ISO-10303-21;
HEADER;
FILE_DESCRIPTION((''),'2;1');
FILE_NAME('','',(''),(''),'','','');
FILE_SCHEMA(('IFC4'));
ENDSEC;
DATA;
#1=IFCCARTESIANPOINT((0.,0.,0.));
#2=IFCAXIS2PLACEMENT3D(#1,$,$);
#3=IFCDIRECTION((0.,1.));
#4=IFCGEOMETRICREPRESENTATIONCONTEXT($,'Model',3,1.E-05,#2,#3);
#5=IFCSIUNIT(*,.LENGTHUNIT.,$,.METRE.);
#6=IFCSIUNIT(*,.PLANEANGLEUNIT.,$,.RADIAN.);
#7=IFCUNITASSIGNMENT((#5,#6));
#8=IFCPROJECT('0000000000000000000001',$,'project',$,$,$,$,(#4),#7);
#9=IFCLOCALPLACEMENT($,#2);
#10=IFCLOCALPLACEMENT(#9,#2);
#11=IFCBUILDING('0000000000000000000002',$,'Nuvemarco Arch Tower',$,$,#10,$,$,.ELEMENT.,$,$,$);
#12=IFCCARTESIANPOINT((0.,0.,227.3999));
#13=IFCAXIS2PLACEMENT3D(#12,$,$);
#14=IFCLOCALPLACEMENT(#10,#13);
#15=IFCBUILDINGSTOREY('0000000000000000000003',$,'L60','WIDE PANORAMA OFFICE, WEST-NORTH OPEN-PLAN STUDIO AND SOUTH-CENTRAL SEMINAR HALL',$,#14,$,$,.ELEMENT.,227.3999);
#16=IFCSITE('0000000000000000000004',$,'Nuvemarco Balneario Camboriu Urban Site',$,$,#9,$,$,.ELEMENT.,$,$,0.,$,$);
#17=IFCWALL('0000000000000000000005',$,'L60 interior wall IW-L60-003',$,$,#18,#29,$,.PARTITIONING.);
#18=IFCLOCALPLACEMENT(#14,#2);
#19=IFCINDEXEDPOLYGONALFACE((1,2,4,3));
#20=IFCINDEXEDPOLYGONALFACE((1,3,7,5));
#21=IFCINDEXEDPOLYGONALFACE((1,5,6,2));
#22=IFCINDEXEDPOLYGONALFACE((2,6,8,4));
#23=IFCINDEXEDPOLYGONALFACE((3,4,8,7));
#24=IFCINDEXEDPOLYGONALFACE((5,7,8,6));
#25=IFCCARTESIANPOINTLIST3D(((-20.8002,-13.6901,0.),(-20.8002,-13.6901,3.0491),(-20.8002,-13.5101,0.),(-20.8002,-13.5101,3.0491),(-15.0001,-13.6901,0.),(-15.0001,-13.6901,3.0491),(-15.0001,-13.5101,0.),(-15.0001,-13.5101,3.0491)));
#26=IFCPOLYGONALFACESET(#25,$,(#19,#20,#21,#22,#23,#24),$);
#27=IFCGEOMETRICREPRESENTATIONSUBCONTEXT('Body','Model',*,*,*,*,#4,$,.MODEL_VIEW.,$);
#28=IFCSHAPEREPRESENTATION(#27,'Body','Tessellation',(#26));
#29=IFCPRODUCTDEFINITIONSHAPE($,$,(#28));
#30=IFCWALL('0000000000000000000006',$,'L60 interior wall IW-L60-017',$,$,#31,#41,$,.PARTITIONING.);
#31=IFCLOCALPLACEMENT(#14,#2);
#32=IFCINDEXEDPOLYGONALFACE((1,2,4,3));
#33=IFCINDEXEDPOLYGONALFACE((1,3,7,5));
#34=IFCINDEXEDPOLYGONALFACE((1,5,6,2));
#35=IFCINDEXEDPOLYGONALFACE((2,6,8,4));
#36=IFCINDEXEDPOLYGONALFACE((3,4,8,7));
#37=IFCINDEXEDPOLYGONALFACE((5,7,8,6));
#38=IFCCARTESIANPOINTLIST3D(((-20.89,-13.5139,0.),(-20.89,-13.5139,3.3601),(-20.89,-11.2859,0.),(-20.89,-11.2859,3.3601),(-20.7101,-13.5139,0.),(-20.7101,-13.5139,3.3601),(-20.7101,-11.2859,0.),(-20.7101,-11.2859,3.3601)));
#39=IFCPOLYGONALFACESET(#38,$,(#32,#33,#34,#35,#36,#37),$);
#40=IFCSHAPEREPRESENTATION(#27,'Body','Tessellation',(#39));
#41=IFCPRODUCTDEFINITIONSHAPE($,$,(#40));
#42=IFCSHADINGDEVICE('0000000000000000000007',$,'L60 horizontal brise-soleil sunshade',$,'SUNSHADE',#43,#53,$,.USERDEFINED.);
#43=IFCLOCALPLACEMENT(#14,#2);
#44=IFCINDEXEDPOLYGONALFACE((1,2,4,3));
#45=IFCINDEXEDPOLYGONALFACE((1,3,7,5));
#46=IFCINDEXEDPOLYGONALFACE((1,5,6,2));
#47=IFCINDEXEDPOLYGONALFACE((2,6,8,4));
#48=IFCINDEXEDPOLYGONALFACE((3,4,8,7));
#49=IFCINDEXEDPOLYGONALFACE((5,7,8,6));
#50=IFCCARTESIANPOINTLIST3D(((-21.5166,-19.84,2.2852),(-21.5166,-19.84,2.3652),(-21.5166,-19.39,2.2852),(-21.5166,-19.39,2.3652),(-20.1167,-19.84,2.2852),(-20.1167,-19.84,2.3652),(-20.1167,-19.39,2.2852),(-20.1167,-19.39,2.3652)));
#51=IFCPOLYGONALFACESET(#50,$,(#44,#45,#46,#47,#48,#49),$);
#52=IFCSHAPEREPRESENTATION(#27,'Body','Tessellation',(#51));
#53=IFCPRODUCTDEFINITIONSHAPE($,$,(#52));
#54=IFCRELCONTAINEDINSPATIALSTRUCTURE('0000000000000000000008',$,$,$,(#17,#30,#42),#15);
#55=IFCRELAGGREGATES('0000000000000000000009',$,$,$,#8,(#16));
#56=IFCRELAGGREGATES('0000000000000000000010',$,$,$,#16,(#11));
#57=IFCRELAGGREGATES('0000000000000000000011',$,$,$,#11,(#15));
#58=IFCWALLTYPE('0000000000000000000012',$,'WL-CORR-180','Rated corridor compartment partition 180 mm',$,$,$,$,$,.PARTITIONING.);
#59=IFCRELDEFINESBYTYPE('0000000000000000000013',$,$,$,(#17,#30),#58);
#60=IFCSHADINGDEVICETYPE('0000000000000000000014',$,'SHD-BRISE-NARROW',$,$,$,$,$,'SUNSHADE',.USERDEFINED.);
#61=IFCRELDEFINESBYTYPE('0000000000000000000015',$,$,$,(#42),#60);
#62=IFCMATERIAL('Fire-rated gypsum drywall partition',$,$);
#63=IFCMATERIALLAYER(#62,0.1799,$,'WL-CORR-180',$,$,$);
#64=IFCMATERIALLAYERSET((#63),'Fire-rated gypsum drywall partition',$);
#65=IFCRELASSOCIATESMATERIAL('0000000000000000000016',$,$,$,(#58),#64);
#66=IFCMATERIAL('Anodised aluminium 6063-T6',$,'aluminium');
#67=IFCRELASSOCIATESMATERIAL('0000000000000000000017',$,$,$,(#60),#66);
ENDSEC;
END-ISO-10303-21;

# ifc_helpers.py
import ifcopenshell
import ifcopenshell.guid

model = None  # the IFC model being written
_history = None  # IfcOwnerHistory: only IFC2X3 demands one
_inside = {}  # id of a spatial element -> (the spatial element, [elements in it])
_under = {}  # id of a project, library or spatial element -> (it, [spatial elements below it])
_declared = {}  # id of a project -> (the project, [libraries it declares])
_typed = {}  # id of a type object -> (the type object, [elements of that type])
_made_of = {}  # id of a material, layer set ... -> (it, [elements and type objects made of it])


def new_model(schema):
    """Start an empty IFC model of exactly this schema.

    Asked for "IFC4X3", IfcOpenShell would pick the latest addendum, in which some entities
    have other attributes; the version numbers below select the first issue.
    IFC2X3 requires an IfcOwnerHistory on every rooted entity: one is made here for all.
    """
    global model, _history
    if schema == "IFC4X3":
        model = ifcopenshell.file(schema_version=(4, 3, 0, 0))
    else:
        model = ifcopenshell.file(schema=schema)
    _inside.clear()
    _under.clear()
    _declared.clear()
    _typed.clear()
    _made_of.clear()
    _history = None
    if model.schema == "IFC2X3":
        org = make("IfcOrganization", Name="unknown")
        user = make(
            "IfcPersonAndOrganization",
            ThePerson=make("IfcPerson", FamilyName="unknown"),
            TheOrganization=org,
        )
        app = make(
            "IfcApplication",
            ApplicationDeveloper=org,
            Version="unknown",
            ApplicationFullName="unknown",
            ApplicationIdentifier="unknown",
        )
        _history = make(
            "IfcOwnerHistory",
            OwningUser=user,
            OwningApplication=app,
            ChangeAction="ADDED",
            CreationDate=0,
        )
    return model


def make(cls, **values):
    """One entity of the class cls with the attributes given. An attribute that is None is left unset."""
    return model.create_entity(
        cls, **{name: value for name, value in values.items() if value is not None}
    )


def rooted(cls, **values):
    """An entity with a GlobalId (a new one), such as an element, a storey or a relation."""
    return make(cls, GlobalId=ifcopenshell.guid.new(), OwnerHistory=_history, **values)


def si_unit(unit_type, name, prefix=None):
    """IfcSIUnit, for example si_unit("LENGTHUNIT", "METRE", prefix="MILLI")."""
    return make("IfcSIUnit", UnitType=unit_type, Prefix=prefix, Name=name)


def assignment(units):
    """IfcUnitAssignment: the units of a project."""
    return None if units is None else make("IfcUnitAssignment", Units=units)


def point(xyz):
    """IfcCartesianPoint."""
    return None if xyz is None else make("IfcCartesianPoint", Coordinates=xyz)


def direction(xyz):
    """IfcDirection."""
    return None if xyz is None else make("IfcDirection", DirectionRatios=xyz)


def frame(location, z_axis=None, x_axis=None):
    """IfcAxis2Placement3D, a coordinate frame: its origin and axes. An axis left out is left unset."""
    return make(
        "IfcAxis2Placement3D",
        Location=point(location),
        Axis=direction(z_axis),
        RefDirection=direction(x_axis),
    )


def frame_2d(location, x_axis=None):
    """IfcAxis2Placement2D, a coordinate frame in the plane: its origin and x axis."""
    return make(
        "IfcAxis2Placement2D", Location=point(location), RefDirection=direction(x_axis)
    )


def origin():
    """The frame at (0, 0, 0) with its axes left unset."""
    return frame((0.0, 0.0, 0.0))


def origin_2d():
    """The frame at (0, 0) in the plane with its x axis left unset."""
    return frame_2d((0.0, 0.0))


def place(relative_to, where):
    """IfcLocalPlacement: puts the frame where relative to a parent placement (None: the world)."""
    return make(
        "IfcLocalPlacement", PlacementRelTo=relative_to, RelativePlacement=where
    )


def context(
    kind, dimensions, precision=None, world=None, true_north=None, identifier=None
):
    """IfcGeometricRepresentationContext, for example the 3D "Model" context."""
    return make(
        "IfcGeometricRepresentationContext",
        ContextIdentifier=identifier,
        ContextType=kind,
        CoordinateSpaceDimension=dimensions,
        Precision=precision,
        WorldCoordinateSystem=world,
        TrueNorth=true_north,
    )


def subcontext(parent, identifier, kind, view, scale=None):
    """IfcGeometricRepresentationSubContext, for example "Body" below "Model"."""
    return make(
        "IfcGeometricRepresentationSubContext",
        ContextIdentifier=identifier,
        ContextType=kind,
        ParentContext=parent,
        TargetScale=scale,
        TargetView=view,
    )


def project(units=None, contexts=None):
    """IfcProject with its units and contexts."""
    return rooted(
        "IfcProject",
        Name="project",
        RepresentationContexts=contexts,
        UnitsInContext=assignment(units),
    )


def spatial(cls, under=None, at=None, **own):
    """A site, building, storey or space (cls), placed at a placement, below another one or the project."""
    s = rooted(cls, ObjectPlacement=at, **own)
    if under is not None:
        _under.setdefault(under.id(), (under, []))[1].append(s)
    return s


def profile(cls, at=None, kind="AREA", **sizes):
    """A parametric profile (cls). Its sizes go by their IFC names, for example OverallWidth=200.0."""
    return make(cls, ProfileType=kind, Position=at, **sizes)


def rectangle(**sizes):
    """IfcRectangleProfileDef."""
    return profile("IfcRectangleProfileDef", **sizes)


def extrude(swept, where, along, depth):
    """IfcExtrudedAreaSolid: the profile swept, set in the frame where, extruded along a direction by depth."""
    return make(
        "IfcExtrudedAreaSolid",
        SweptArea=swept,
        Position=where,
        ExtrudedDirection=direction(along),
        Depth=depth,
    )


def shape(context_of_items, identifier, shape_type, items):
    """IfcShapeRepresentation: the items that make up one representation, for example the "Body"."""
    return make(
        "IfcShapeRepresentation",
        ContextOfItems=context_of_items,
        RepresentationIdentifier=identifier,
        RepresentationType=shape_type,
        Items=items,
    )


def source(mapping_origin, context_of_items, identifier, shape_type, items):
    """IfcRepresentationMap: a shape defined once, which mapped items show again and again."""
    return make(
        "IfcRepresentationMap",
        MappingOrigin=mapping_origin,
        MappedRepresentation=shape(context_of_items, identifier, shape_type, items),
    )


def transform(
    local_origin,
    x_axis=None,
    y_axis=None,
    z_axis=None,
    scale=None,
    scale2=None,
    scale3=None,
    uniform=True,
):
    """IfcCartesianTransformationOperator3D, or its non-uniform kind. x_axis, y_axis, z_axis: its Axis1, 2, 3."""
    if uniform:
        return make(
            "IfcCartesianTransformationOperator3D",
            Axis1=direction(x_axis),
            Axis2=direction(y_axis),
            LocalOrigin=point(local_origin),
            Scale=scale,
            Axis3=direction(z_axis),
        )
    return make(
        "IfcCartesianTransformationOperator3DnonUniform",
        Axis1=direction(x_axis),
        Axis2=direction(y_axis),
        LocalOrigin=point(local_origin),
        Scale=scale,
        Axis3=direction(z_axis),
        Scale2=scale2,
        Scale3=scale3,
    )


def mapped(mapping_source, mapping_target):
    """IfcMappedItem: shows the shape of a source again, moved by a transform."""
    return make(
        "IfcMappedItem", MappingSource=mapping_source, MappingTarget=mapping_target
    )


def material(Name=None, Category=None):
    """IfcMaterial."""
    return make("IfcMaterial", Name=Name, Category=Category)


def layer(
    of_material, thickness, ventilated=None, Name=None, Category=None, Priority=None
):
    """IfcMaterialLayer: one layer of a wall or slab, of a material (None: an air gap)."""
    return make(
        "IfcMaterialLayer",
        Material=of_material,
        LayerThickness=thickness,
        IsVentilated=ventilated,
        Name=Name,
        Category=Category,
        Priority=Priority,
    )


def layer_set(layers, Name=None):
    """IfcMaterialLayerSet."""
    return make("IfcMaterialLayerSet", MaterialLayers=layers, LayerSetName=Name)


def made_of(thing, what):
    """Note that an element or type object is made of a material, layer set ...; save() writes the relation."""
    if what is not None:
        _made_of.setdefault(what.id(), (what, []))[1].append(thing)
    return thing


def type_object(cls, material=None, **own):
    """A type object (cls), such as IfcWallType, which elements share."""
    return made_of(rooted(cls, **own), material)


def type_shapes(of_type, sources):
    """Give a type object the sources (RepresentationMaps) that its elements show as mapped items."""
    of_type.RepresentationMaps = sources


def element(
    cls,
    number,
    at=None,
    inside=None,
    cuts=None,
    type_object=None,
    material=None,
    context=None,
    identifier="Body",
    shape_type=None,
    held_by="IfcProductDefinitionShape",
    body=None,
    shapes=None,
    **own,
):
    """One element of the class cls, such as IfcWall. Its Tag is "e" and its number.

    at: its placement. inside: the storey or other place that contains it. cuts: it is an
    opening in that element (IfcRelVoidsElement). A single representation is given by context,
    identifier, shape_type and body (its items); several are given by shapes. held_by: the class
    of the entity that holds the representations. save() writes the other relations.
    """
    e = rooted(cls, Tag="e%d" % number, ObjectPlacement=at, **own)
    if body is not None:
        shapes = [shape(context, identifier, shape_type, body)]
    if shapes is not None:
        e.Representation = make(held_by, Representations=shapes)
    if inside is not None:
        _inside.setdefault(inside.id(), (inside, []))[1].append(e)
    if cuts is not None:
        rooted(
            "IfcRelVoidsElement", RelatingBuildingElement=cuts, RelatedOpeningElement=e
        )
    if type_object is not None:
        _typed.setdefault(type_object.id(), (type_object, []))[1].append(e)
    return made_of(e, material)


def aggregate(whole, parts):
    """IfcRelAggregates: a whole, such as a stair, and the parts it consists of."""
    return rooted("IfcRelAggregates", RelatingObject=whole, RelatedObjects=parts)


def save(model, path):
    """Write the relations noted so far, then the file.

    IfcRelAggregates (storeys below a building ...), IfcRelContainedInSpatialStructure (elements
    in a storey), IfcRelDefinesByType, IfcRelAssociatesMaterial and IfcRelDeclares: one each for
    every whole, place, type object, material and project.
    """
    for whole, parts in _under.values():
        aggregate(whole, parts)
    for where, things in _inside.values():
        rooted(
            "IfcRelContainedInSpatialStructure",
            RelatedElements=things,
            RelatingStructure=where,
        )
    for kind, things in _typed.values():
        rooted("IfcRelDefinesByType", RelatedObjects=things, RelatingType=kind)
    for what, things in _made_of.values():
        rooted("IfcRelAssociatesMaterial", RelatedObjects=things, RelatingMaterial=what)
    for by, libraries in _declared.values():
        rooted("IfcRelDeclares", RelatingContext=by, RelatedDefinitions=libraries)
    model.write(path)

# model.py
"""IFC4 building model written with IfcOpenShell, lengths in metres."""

from ifc_helpers import new_model, si_unit, direction, frame, frame_2d, origin, origin_2d, place, context, subcontext, project, spatial, rectangle, extrude, source, transform, mapped, material, layer, layer_set, type_object, type_shapes, element, save


model = new_model("IFC4")

# Units and contexts
model_context = context("Model", 3, precision=1e-05, world=origin(), true_north=direction((0.0, 1.0)))
body_context = subcontext(model_context, "Body", "Model", "MODEL_VIEW")
ifc_project = project(units=[si_unit("LENGTHUNIT", "METRE"), si_unit("PLANEANGLEUNIT", "RADIAN")], contexts=[model_context])

# Site, building, storey
site_placement = place(None, origin())
site = spatial("IfcSite", under=ifc_project, at=site_placement, Name="Nuvemarco Balneario Camboriu Urban Site", CompositionType="ELEMENT", RefElevation=0.0)
building_placement = place(site_placement, origin())
building = spatial("IfcBuilding", under=site, at=building_placement, Name="Nuvemarco Arch Tower", CompositionType="ELEMENT")
storey_placement = place(building_placement, frame((0.0, 0.0, 227.3999)))
storey = spatial("IfcBuildingStorey", under=building, at=storey_placement, Name="L60", Description="WIDE PANORAMA OFFICE, WEST-NORTH OPEN-PLAN STUDIO AND SOUTH-CENTRAL SEMINAR HALL", CompositionType="ELEMENT", Elevation=227.3999)

# Walls
ifc_material_1 = material(Name="Fire-rated gypsum drywall partition")
ifc_layer_1 = layer(ifc_material_1, 0.1799, Name="WL-CORR-180")
ifc_layer_set_1 = layer_set([ifc_layer_1], Name="Fire-rated gypsum drywall partition")
wall_type_1 = type_object("IfcWallType", Name="WL-CORR-180", Description="Rated corridor compartment partition 180 mm", PredefinedType="PARTITIONING", material=ifc_layer_set_1)
wall_1_placement = place(storey_placement, frame((-20.8, -13.6001, 0.0), z_axis=(0.0, 0.0, 1.0), x_axis=(1.0, 0.0, 0.0)))
element("IfcWall", 1, at=wall_1_placement, inside=storey, type_object=wall_type_1, Name="L60 interior wall IW-L60-003", PredefinedType="PARTITIONING", context=body_context, shape_type="SweptSolid", body=[
    extrude(rectangle(XDim=5.8, YDim=0.1799, at=frame_2d((2.8999, 0.0))), origin(), (0.0, 0.0, 1.0), 3.0491),
])
wall_2_placement = place(storey_placement, frame((-20.8, -13.5139, 0.0), z_axis=(0.0, 0.0, 1.0), x_axis=(0.0, 1.0, 0.0)))
element("IfcWall", 2, at=wall_2_placement, inside=storey, type_object=wall_type_1, Name="L60 interior wall IW-L60-017", PredefinedType="PARTITIONING", context=body_context, shape_type="SweptSolid", body=[
    extrude(rectangle(XDim=2.228, YDim=0.1799, at=frame_2d((1.114, 0.0))), origin(), (0.0, 0.0, 1.0), 3.3601),
])

# Shading device
ifc_material_2 = material(Name="Anodised aluminium 6063-T6", Category="aluminium")
shading_device_type = type_object("IfcShadingDeviceType", Name="SHD-BRISE-NARROW", ElementType="SUNSHADE", PredefinedType="USERDEFINED", material=ifc_material_2)
shared_shape_1 = source(origin(), body_context, "Body", "SweptSolid", [
    extrude(rectangle(XDim=1.3999, YDim=0.45, at=origin_2d()), origin(), (0.0, 0.0, 1.0), 0.0801),
])
type_shapes(shading_device_type, [shared_shape_1])
shading_device_placement = place(storey_placement, frame((-20.8167, -19.615, 2.2852), z_axis=(0.0, 0.0, 1.0), x_axis=(1.0, 0.0, 0.0)))
element("IfcShadingDevice", 3, at=shading_device_placement, inside=storey, type_object=shading_device_type, Name="L60 horizontal brise-soleil sunshade", ObjectType="SUNSHADE", PredefinedType="USERDEFINED", context=body_context, shape_type="MappedRepresentation", body=[
    mapped(shared_shape_1, transform((0.0, 0.0, 0.0), scale=1.0)),
])

save(model, "model.ifc")
